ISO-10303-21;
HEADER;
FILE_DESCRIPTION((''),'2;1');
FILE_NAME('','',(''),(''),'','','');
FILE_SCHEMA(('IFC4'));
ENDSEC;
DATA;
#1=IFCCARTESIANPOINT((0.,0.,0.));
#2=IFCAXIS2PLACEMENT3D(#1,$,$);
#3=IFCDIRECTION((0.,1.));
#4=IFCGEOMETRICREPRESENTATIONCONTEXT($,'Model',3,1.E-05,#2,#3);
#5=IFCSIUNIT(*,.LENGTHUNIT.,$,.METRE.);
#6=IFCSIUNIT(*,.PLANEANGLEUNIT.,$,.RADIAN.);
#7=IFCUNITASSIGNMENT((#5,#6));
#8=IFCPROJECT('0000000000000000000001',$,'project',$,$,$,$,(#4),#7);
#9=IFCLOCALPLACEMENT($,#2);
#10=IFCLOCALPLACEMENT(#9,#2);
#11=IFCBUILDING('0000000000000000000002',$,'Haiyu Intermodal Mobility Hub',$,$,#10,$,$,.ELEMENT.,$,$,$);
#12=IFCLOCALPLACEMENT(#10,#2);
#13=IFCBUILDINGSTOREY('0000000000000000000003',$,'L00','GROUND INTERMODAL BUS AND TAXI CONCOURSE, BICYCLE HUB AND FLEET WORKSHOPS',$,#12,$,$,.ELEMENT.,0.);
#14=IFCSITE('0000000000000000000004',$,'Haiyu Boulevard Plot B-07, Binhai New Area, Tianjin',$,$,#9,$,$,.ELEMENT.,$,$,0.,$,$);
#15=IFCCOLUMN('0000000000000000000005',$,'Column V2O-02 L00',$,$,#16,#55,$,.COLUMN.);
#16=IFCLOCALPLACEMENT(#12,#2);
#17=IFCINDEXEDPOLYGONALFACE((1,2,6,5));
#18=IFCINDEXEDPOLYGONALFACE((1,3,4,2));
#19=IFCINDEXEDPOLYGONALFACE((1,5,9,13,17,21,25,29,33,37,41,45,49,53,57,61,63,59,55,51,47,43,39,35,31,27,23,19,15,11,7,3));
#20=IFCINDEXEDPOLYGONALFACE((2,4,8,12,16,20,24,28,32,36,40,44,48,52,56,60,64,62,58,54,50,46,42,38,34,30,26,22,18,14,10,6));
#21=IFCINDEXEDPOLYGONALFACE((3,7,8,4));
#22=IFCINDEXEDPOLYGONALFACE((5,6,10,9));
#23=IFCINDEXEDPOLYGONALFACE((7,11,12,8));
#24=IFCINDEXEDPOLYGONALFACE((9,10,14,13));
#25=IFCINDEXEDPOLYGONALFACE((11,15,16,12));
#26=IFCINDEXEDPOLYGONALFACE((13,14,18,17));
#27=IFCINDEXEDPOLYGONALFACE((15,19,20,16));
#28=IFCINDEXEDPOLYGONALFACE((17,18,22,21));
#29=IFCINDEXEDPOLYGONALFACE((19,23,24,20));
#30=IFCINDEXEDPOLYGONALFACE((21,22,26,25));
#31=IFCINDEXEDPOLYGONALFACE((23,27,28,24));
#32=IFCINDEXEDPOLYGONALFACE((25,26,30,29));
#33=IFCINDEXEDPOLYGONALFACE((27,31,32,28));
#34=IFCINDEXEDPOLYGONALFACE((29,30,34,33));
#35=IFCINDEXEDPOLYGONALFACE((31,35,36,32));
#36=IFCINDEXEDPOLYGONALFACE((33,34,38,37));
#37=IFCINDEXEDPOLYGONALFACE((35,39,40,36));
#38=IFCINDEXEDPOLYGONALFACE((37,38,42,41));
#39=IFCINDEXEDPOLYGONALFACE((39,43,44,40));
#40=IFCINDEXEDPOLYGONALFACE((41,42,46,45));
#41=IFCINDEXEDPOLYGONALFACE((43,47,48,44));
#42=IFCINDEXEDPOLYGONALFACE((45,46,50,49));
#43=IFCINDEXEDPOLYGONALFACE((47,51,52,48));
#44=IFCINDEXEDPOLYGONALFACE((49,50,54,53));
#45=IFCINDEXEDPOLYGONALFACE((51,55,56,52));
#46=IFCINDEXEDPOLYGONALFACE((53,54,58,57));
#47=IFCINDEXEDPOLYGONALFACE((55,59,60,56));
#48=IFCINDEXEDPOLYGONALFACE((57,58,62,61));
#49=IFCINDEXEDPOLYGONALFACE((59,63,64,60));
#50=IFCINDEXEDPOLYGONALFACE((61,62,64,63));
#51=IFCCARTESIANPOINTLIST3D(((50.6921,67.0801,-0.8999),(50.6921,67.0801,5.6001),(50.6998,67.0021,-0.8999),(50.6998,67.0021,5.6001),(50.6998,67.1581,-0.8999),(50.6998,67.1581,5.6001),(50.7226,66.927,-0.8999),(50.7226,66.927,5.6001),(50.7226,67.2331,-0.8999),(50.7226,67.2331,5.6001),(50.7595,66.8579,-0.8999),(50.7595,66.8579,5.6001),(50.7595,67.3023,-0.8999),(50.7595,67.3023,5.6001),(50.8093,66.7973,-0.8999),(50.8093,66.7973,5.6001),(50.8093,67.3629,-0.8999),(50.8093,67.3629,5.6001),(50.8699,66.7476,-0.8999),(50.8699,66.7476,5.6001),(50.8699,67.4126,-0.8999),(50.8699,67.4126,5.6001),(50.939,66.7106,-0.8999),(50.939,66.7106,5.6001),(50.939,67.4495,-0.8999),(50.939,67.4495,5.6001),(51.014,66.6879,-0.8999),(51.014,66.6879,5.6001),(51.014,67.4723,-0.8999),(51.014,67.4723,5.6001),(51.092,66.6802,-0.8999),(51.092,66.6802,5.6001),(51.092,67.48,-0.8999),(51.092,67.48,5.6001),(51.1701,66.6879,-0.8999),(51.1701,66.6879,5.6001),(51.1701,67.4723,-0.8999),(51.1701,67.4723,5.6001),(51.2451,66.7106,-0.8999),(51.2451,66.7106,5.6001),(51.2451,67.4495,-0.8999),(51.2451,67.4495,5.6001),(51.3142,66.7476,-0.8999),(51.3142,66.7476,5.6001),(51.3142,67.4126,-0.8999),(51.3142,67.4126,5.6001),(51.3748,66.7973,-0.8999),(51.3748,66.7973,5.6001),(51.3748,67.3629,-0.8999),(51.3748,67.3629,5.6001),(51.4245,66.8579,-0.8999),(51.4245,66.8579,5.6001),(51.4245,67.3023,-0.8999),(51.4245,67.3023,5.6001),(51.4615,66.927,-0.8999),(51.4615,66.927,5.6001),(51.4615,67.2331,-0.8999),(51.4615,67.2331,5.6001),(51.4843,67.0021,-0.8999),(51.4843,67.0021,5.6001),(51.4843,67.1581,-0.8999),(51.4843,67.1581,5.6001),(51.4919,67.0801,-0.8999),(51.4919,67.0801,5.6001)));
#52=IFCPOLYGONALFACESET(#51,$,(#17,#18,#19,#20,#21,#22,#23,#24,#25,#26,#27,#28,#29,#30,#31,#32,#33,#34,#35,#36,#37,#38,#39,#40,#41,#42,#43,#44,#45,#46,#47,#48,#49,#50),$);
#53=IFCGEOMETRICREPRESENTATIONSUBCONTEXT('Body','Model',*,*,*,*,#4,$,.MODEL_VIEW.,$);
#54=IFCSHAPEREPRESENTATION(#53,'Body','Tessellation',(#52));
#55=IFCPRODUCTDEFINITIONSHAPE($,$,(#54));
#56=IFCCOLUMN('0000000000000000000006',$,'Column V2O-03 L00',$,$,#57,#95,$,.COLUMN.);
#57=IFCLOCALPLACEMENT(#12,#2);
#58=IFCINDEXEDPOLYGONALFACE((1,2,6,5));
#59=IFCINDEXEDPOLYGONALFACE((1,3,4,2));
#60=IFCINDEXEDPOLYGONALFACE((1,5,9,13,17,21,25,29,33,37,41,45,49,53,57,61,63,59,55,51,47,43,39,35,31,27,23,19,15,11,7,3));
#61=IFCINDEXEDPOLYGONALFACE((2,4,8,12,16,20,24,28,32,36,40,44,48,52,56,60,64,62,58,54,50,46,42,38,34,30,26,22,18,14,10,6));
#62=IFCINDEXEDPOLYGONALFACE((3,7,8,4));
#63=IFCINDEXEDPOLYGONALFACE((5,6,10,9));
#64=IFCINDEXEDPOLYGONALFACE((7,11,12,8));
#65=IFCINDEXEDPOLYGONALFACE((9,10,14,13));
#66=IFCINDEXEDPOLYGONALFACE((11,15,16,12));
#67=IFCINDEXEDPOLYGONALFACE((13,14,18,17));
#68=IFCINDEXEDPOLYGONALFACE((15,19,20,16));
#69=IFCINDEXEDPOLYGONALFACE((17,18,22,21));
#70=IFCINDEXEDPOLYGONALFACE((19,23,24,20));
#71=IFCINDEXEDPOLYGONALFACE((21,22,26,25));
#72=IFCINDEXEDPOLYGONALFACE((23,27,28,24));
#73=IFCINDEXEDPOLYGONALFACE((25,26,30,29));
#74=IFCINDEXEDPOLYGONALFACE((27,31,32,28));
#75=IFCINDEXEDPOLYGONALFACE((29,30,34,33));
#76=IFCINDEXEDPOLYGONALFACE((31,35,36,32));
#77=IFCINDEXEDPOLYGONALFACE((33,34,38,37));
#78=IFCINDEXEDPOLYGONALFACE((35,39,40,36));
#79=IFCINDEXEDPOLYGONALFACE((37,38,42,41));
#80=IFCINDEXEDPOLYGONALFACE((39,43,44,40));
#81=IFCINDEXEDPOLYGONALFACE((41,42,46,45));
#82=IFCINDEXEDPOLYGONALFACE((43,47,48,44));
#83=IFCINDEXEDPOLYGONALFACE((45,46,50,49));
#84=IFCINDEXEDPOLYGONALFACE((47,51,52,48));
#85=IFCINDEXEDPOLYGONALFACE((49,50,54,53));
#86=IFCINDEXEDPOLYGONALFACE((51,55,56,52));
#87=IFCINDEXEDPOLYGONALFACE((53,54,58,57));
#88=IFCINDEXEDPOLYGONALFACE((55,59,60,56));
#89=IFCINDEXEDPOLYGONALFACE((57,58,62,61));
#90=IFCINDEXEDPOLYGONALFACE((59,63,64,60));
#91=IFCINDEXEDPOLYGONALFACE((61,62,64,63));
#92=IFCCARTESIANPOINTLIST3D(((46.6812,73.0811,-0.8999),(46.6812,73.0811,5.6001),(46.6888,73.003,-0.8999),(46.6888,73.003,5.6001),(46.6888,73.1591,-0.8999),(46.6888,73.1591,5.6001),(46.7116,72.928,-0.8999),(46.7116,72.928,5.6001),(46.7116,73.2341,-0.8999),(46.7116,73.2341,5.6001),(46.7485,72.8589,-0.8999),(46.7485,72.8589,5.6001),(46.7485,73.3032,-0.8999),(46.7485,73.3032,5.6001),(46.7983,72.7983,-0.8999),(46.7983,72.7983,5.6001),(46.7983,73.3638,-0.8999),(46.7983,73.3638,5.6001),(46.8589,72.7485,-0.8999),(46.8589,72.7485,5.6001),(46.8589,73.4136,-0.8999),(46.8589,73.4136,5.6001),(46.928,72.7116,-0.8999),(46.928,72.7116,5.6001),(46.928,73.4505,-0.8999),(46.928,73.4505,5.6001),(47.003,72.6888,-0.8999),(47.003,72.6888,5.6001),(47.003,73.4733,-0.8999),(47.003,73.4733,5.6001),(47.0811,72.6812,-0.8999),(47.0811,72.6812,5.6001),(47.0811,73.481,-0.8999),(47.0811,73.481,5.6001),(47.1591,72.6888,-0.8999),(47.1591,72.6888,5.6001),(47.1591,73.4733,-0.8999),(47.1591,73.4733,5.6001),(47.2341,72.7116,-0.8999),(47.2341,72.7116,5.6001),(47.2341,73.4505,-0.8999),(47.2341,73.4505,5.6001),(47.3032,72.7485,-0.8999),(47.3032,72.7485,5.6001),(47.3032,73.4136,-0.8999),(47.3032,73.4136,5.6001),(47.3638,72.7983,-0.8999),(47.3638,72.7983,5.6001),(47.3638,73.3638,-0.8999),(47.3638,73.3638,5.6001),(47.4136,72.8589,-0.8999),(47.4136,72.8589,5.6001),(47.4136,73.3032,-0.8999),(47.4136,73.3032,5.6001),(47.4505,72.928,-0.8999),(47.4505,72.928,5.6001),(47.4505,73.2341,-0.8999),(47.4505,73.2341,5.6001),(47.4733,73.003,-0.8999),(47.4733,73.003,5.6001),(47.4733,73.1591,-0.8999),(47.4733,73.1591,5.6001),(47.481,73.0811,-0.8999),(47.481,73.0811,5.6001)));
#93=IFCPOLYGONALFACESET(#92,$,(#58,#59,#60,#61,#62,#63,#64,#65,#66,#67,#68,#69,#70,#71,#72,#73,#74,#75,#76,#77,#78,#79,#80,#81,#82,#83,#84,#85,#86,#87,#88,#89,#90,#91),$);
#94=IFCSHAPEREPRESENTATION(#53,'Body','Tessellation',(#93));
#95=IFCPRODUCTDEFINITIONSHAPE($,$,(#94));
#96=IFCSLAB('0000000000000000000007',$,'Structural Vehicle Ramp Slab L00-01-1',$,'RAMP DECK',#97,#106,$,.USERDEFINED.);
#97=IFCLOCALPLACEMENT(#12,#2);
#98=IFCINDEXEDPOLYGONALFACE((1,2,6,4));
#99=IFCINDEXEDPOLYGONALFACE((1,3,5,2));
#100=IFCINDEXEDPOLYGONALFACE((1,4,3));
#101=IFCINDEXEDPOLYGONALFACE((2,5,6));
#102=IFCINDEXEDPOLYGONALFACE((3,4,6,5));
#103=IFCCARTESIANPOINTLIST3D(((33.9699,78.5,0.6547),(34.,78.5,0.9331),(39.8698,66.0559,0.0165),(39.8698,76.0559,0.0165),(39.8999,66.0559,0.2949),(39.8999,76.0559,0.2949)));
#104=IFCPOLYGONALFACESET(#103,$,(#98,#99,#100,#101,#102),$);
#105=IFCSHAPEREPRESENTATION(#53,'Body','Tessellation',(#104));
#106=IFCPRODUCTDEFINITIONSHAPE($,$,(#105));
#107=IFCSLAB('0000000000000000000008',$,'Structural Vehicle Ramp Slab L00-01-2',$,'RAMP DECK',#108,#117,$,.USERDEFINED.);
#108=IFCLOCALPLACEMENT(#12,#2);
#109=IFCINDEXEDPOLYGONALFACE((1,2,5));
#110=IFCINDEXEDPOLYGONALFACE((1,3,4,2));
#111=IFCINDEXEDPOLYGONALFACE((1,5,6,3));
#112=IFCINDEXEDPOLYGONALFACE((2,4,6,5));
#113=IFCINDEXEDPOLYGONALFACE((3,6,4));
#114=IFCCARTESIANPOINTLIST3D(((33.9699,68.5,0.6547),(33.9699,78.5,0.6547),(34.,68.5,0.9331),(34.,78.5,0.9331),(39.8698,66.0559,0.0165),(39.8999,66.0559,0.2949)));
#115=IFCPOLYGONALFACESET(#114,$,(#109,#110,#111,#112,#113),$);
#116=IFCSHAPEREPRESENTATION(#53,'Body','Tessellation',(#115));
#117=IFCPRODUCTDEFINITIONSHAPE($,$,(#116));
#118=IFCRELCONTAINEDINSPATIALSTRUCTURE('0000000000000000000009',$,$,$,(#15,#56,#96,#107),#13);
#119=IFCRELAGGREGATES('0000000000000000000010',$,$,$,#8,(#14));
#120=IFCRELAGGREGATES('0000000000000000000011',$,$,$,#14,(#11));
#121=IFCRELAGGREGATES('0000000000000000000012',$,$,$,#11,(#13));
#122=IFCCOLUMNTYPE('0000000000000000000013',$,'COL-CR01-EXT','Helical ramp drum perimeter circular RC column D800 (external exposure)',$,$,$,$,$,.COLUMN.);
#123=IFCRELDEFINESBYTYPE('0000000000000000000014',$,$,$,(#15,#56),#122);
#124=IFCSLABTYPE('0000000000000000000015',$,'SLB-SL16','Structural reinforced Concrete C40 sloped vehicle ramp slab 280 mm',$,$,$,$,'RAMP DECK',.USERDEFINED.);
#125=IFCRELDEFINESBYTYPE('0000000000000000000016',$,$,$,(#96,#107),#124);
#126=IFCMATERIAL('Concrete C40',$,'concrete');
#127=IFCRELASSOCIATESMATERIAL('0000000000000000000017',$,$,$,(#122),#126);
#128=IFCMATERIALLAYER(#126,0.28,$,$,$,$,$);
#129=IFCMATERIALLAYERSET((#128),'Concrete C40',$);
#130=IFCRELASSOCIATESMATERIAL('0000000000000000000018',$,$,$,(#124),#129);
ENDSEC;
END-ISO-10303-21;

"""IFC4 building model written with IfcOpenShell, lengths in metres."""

from ifc_helpers import new_model, si_unit, direction, frame, origin, origin_2d, place, context, subcontext, project, spatial, polyline, circle, outline, extrude, material, layer, layer_set, material_profile, profile_set, type_object, element, save


model = new_model("IFC4")

# Units and contexts
model_context = context("Model", 3, precision=1e-05, world=origin(), true_north=direction((0.0, 1.0)))
body_context = subcontext(model_context, "Body", "Model", "MODEL_VIEW")
ifc_project = project(units=[si_unit("LENGTHUNIT", "METRE"), si_unit("PLANEANGLEUNIT", "RADIAN")], contexts=[model_context])

# Site, building, storey
site_placement = place(None, origin())
site = spatial("IfcSite", under=ifc_project, at=site_placement, Name="Haiyu Boulevard Plot B-07, Binhai New Area, Tianjin", CompositionType="ELEMENT", RefElevation=0.0)
building_placement = place(site_placement, origin())
building = spatial("IfcBuilding", under=site, at=building_placement, Name="Haiyu Intermodal Mobility Hub", CompositionType="ELEMENT")
storey_placement = place(building_placement, origin())
storey = spatial("IfcBuildingStorey", under=building, at=storey_placement, Name="L00", Description="GROUND INTERMODAL BUS AND TAXI CONCOURSE, BICYCLE HUB AND FLEET WORKSHOPS", CompositionType="ELEMENT", Elevation=0.0)

# Shared definitions
ifc_material_1 = material(Name="Concrete C40", Category="concrete")

# Columns
ifc_material_profile_1 = material_profile(ifc_material_1, circle(Radius=0.3999, at=origin_2d()), Name="RCCOL-D800")
ifc_profile_set_1 = profile_set([ifc_material_profile_1], Name="Concrete C40")
column_type_1 = type_object("IfcColumnType", Name="COL-CR01-EXT", Description="Helical ramp drum perimeter circular RC column D800 (external exposure)", PredefinedType="COLUMN", material=ifc_profile_set_1)
for number, where, z_axis, x_axis, name in (
    (1, (51.092, 67.0801, -0.8999), (0.0, 0.0, 1.0), (1.0, 0.0, 0.0), "Column V2O-02 L00"),
    (2, (47.0811, 73.0811, -0.8999), (0.0, 0.0, 1.0), (1.0, 0.0, 0.0), "Column V2O-03 L00"),
):
    element("IfcColumn", number, at=place(storey_placement, frame(where, z_axis=z_axis, x_axis=x_axis)), inside=storey, type_object=column_type_1, Name=name, PredefinedType="COLUMN", context=body_context, shape_type="SweptSolid", body=[
        extrude(circle(Radius=0.3999, at=origin_2d()), origin(), (0.0, 0.0, 1.0), 6.5),
    ])

# Slabs
ifc_layer_1 = layer(ifc_material_1, 0.28)
ifc_layer_set_1 = layer_set([ifc_layer_1], Name="Concrete C40")
slab_type = type_object("IfcSlabType", Name="SLB-SL16", Description="Structural reinforced Concrete C40 sloped vehicle ramp slab 280 mm", ElementType="RAMP DECK", PredefinedType="USERDEFINED", material=ifc_layer_set_1)
slab_1_placement = place(storey_placement, frame((39.8999, 66.0559, 0.2949), z_axis=(0.107541, 0.0, 0.994201), x_axis=(0.0, 1.0, 0.0)))
element("IfcSlab", 3, at=slab_1_placement, inside=storey, type_object=slab_type, Name="Structural Vehicle Ramp Slab L00-01-1", ObjectType="RAMP DECK", PredefinedType="USERDEFINED", context=body_context, shape_type="SweptSolid", body=[
    extrude(outline(polyline([(0.0, 0.0), (10.0, 0.0), (12.4441, 5.9343), (0.0, 0.0)])), origin(), (0.0, 0.0, -1.0), 0.28),
])
slab_2_placement = place(storey_placement, frame((39.8999, 66.0559, 0.2949), z_axis=(0.107541, 0.0, 0.994201), x_axis=(-0.427943, 0.902619, 0.04629)))
element("IfcSlab", 4, at=slab_2_placement, inside=storey, type_object=slab_type, Name="Structural Vehicle Ramp Slab L00-01-2", ObjectType="RAMP DECK", PredefinedType="USERDEFINED", context=body_context, shape_type="SweptSolid", body=[
    extrude(outline(polyline([(0.0, 0.0), (13.7866, 0.0), (4.7605, 4.3044), (0.0, 0.0)])), origin(), (0.0, 0.0, -1.0), 0.28),
])

save(model, "model.ifc")
